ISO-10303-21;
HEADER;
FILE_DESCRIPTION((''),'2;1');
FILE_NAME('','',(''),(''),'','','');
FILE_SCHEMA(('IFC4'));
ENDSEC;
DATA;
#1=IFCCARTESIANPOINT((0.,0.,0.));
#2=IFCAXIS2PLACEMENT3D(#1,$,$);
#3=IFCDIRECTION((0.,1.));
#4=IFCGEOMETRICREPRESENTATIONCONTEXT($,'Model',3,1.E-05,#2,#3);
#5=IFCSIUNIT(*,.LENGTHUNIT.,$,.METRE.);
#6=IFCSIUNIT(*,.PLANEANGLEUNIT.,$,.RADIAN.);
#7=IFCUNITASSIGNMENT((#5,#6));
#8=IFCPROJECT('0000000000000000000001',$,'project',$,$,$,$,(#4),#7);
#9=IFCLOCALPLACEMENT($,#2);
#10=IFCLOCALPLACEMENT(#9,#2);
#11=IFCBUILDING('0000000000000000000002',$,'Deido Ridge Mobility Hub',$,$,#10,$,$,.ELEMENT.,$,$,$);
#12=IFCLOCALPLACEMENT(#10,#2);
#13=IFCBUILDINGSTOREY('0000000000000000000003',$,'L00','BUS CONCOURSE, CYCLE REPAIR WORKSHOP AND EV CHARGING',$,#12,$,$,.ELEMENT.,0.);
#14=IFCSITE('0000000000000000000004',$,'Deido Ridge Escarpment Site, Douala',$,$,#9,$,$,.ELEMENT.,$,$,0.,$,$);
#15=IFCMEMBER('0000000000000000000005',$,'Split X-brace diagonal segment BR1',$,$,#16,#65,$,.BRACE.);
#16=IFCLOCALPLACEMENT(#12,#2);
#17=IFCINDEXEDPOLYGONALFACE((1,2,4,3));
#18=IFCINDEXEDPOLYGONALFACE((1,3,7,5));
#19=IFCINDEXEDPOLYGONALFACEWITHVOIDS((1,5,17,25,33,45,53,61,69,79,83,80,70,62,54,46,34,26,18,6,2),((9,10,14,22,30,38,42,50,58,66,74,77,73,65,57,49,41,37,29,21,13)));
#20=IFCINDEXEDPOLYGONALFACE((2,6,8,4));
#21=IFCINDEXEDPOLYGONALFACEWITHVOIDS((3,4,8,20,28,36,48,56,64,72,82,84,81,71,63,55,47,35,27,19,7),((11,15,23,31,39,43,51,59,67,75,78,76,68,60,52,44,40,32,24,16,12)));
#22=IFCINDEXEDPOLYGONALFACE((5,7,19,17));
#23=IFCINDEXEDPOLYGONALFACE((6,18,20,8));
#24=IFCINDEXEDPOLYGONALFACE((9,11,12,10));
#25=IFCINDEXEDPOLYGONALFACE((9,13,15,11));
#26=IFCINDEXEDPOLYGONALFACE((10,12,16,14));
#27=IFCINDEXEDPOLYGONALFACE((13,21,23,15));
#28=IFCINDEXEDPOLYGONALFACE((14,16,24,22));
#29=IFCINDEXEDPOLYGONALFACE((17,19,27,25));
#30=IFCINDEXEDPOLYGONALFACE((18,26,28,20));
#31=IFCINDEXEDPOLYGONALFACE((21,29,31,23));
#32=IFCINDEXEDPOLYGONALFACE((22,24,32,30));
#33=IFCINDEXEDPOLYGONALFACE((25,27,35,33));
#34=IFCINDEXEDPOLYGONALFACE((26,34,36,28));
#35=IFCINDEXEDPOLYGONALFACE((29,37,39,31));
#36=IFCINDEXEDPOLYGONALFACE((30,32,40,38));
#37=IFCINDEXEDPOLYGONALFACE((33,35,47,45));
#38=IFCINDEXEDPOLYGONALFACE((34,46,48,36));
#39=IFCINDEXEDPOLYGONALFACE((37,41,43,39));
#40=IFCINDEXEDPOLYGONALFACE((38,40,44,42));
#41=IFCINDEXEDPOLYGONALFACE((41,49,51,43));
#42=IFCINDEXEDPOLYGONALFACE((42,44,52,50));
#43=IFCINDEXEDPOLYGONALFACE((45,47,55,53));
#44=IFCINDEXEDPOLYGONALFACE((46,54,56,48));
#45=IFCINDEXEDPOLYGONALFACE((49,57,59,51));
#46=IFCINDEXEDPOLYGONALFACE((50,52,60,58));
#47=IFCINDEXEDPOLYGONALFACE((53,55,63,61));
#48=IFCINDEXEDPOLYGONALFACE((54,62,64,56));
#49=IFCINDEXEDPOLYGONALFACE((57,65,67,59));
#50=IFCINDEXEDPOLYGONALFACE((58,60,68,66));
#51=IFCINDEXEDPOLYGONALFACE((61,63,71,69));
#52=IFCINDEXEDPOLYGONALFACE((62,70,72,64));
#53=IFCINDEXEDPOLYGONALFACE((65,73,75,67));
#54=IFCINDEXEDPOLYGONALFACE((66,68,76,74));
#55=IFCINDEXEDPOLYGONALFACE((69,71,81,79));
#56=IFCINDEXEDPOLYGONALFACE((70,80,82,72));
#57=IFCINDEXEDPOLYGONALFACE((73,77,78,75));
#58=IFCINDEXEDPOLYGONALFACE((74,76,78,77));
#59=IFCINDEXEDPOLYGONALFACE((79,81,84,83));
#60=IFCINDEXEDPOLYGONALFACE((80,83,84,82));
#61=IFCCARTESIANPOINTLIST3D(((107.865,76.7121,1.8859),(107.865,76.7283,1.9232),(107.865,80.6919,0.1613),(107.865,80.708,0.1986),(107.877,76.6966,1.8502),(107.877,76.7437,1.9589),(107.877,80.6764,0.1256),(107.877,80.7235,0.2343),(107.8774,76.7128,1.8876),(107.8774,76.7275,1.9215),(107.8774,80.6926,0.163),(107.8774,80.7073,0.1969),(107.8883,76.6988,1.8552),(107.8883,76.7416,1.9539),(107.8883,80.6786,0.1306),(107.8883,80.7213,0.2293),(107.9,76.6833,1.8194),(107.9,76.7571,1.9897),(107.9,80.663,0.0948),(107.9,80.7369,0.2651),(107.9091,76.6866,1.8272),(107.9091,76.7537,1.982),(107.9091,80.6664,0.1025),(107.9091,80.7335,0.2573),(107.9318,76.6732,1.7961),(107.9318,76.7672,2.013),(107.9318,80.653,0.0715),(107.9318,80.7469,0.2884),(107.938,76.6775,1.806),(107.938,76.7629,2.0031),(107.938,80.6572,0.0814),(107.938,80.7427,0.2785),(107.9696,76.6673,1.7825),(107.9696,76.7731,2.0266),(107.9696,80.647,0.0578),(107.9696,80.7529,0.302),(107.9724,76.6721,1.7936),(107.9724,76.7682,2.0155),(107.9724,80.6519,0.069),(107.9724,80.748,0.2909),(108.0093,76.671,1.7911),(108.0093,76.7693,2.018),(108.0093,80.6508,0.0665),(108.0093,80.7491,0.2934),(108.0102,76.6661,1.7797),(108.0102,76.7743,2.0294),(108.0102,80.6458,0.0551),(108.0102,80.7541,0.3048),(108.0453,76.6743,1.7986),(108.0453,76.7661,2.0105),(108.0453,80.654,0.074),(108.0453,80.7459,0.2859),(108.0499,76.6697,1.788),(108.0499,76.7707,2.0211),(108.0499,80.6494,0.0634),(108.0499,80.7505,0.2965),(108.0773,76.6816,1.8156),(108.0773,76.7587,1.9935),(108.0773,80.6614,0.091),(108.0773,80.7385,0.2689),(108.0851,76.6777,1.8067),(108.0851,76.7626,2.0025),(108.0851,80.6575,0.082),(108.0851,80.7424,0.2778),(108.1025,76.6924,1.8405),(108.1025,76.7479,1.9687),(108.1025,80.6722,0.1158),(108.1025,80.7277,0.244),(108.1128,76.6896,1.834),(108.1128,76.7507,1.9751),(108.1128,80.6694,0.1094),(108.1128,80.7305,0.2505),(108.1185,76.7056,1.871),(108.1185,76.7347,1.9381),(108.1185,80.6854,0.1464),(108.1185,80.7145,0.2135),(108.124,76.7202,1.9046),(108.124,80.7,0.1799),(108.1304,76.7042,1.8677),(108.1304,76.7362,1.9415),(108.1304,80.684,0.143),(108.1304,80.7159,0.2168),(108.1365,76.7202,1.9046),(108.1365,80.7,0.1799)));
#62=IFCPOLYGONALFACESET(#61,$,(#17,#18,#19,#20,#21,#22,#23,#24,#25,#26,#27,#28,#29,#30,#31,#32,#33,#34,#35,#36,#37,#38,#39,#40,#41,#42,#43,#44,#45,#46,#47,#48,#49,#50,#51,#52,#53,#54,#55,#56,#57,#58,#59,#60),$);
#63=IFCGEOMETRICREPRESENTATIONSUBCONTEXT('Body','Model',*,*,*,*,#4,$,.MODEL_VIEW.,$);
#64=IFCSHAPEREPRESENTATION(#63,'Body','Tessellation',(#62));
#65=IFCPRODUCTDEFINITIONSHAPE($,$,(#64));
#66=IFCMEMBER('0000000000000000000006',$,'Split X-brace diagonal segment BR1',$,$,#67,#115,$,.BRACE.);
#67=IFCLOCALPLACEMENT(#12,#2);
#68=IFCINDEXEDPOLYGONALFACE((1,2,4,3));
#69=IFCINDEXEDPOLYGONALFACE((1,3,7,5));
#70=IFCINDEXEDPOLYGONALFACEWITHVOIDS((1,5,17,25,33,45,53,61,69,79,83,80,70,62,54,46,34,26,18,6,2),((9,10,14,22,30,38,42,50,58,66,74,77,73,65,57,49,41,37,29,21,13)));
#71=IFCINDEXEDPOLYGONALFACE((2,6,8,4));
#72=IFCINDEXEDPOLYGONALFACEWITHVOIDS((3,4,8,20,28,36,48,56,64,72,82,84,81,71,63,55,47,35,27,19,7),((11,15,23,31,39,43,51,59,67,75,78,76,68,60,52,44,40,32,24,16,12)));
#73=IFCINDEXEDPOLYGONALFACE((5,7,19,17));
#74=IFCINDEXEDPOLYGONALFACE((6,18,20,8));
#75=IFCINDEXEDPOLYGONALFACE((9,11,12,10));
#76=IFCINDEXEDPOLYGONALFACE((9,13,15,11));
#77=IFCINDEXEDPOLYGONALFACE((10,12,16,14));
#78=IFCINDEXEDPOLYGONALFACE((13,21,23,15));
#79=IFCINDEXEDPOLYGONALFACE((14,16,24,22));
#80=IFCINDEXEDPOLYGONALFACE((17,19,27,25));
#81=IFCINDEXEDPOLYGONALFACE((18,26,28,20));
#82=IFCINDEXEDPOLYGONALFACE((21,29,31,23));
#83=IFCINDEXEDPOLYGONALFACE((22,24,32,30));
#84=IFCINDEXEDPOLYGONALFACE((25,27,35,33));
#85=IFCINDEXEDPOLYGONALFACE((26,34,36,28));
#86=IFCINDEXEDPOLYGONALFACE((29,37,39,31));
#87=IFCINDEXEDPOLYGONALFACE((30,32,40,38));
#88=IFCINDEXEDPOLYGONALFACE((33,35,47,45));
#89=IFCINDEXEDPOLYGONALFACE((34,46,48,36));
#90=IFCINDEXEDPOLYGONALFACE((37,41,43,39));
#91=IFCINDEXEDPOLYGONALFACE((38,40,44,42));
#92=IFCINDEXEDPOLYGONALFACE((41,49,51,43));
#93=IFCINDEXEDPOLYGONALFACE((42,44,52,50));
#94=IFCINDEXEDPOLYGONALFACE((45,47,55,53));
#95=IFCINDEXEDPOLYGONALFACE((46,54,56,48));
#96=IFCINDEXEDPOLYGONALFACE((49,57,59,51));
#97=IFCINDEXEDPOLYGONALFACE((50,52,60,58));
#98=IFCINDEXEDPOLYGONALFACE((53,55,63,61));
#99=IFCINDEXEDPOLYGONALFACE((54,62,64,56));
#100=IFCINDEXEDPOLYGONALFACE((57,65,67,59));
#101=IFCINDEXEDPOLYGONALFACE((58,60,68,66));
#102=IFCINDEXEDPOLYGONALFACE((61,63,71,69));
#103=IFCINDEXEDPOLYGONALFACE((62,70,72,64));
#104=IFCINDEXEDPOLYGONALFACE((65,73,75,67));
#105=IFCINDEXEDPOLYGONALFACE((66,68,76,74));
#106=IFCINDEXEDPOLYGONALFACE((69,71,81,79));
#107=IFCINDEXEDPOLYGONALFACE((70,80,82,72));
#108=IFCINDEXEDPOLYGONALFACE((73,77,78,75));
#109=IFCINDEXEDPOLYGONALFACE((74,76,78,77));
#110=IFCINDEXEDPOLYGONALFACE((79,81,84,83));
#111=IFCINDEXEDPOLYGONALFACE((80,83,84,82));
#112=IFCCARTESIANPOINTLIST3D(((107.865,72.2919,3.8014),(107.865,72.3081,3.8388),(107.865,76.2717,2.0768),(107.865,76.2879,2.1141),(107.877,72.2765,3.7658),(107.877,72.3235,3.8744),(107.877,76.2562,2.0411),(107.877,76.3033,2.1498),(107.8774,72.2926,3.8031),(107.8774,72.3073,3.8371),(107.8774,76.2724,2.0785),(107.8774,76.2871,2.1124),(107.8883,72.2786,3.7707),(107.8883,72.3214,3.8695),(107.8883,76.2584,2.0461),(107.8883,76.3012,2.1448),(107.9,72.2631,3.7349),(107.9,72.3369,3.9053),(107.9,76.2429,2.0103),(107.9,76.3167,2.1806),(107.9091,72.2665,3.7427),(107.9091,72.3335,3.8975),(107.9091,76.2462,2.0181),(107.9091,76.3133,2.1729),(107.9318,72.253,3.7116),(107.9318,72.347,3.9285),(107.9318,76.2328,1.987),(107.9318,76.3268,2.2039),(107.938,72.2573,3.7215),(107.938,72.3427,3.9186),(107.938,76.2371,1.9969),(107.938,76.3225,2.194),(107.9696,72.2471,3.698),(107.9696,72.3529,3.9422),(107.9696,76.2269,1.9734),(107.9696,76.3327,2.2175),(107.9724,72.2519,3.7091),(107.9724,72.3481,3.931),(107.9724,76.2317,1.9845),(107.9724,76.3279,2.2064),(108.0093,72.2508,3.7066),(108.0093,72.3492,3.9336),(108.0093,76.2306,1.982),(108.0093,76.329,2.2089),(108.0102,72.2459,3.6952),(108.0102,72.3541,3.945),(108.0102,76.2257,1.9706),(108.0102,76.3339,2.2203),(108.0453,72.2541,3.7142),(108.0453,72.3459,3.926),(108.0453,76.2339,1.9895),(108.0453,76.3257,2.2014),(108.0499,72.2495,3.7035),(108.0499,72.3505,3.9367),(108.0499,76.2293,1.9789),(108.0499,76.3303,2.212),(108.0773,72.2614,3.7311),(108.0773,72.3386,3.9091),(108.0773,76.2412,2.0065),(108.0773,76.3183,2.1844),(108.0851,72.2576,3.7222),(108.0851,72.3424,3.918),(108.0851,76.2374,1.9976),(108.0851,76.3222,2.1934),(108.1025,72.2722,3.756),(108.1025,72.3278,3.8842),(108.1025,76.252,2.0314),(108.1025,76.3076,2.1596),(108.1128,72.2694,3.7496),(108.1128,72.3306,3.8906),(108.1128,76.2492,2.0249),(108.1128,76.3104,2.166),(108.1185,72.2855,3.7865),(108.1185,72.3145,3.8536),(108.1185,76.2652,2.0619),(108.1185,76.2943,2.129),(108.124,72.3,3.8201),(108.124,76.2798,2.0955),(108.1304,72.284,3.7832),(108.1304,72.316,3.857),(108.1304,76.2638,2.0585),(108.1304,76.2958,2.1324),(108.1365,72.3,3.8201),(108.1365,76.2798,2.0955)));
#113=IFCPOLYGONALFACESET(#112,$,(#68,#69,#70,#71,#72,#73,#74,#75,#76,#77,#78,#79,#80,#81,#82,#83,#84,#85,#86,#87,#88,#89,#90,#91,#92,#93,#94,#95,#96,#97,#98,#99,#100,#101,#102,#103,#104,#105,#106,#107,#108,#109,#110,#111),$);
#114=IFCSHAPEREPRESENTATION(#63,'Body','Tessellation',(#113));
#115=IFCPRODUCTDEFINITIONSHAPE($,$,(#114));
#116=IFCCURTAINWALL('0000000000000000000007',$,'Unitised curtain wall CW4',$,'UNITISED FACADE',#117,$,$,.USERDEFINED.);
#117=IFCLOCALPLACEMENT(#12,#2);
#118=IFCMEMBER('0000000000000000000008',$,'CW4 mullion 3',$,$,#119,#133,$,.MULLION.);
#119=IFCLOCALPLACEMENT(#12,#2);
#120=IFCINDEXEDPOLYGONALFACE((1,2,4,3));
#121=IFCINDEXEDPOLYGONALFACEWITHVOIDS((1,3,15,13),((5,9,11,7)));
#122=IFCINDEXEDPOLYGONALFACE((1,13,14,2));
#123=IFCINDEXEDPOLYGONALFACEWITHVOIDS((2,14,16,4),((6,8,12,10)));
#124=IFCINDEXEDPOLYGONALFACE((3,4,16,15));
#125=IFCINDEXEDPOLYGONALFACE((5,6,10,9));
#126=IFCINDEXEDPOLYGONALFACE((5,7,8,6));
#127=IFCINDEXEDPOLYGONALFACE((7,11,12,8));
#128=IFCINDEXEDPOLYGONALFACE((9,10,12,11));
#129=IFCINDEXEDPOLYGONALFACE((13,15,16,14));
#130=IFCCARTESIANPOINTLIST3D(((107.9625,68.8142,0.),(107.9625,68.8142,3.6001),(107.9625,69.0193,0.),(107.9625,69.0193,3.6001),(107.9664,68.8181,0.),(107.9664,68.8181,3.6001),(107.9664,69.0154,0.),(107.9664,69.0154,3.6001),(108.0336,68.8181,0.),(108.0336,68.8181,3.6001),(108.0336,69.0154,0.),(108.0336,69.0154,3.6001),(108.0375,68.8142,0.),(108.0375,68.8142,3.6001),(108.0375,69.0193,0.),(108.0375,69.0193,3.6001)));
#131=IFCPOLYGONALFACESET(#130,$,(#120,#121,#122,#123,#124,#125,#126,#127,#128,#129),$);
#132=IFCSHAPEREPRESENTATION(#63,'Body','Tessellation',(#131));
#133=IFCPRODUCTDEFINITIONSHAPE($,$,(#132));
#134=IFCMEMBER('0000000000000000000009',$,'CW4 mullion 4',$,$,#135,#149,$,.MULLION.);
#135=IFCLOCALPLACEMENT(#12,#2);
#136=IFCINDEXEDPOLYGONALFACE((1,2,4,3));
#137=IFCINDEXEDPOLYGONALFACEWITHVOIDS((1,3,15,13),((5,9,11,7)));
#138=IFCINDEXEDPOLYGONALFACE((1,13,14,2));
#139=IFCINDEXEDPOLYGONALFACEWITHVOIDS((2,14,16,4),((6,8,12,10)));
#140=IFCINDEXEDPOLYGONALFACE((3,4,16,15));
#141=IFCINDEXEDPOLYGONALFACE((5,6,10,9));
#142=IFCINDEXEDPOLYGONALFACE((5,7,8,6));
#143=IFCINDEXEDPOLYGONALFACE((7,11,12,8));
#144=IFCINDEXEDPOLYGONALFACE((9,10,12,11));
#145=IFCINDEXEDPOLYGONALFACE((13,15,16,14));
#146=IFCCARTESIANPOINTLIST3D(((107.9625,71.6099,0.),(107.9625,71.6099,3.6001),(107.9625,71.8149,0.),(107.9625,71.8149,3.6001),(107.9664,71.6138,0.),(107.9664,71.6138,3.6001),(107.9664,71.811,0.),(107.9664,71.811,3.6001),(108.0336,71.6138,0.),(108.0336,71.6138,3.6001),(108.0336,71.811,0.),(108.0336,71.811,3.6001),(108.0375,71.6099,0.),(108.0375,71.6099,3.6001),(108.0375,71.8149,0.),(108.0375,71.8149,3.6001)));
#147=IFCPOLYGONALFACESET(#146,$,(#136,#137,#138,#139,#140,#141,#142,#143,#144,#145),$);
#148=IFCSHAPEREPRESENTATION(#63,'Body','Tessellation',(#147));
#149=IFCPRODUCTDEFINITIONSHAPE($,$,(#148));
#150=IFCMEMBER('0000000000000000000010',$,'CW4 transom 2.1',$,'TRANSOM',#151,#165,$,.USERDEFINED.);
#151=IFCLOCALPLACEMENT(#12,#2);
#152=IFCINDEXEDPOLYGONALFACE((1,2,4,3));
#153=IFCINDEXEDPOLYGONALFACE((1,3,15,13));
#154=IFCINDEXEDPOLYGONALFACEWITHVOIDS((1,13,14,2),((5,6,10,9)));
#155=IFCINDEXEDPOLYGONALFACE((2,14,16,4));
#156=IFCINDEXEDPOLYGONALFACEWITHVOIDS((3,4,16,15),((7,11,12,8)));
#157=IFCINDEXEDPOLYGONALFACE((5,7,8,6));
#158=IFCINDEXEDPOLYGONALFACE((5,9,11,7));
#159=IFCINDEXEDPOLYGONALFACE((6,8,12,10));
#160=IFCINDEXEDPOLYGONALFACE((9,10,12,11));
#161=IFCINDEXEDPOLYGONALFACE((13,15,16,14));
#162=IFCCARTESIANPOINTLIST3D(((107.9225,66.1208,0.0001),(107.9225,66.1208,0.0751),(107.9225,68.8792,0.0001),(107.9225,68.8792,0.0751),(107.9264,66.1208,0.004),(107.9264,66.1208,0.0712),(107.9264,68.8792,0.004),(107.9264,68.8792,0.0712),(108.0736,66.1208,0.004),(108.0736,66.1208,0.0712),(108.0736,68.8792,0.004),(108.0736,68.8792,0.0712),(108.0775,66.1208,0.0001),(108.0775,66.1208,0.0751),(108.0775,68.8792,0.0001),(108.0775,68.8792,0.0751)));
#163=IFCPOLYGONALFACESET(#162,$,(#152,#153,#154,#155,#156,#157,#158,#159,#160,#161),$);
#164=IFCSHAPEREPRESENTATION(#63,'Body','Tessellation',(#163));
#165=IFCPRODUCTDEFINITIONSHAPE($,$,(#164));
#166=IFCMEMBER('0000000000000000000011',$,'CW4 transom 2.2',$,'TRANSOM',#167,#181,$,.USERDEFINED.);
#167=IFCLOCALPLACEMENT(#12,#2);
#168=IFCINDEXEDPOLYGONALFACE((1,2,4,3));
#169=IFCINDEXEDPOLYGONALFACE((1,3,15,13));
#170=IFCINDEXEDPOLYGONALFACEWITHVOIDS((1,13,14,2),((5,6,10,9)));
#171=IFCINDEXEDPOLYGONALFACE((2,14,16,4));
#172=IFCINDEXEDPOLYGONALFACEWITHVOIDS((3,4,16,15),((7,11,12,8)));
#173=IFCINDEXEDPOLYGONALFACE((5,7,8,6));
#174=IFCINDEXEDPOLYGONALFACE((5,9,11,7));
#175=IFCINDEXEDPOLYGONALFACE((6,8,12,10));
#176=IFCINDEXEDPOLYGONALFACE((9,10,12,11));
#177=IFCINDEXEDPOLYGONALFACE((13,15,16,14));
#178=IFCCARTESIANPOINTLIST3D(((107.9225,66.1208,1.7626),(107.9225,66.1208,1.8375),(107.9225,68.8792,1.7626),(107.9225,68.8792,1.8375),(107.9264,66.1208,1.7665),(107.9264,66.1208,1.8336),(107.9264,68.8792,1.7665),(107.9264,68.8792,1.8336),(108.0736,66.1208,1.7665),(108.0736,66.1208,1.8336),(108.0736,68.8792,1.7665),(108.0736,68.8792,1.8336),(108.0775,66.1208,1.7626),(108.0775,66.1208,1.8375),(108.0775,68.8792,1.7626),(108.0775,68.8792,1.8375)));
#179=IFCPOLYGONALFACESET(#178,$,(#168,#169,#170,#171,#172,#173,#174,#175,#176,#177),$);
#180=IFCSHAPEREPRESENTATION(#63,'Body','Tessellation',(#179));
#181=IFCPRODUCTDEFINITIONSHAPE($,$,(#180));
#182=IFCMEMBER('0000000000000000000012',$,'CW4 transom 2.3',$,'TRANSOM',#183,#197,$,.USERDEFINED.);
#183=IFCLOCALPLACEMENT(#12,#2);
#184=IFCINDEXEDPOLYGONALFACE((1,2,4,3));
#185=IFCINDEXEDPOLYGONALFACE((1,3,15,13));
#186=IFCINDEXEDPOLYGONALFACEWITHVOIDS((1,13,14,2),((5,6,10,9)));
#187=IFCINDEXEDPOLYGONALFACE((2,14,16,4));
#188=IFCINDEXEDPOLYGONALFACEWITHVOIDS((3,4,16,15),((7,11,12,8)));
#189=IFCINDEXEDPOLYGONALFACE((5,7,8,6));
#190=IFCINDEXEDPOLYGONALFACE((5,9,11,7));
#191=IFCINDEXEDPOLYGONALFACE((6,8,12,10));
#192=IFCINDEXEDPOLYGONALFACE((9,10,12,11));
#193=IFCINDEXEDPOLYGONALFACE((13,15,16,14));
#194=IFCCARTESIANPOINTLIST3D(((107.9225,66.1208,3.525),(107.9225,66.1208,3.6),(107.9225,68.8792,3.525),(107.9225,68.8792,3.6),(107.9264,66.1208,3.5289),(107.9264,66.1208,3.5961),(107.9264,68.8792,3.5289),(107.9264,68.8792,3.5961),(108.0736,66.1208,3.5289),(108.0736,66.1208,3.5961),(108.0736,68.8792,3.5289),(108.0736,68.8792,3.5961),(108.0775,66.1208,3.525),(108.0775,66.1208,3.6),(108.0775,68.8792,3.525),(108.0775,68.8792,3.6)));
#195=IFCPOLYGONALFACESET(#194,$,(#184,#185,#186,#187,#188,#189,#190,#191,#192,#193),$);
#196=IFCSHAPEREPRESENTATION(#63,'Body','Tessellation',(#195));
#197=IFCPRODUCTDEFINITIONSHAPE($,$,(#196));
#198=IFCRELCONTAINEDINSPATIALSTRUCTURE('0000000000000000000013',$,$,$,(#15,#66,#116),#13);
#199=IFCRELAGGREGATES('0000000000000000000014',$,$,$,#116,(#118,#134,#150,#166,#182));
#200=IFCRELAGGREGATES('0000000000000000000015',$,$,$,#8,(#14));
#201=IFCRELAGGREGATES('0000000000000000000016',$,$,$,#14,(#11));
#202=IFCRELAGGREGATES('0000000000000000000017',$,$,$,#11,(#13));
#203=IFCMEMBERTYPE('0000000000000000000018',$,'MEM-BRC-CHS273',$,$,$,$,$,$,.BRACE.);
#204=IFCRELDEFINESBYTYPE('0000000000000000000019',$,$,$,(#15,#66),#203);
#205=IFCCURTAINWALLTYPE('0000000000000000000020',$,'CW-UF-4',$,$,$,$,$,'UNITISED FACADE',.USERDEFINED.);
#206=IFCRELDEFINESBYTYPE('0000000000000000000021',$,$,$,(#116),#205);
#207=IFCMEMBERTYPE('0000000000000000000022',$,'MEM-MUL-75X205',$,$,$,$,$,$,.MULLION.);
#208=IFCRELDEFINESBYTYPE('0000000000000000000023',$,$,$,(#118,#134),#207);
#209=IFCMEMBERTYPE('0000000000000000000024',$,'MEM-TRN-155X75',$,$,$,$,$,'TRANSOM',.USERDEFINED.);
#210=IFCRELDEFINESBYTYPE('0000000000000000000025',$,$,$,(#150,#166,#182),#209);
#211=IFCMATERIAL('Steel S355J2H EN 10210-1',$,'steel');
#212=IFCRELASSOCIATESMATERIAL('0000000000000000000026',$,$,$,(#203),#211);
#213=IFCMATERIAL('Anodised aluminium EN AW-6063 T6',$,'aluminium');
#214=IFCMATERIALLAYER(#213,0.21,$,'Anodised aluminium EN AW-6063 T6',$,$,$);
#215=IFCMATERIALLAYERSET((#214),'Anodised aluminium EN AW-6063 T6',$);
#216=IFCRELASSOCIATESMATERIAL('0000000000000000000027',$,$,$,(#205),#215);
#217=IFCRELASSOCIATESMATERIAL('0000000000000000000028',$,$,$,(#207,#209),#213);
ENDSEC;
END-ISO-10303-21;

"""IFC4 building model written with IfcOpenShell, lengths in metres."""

from ifc_helpers import new_model, si_unit, direction, frame, origin, origin_2d, place, context, subcontext, project, spatial, hollow_rectangle, hollow_circle, extrude, material, layer, layer_set, material_profile, profile_set, type_object, element, aggregate, save


model = new_model("IFC4")

# Units and contexts
model_context = context("Model", 3, precision=1e-05, world=origin(), true_north=direction((0.0, 1.0)))
body_context = subcontext(model_context, "Body", "Model", "MODEL_VIEW")
ifc_project = project(units=[si_unit("LENGTHUNIT", "METRE"), si_unit("PLANEANGLEUNIT", "RADIAN")], contexts=[model_context])

# Site, building, storey
site_placement = place(None, origin())
site = spatial("IfcSite", under=ifc_project, at=site_placement, Name="Deido Ridge Escarpment Site, Douala", CompositionType="ELEMENT", RefElevation=0.0)
building_placement = place(site_placement, origin())
building = spatial("IfcBuilding", under=site, at=building_placement, Name="Deido Ridge Mobility Hub", CompositionType="ELEMENT")
storey_placement = place(building_placement, origin())
storey = spatial("IfcBuildingStorey", under=building, at=storey_placement, Name="L00", Description="BUS CONCOURSE, CYCLE REPAIR WORKSHOP AND EV CHARGING", CompositionType="ELEMENT", Elevation=0.0)

# Members
ifc_material_1 = material(Name="Steel S355J2H EN 10210-1", Category="steel")
ifc_material_profile_1 = material_profile(ifc_material_1, hollow_circle(Radius=0.1365, WallThickness=0.0125, at=origin_2d()), Name="CHS 273x12.5")
ifc_profile_set_1 = profile_set([ifc_material_profile_1], Name="Steel S355J2H EN 10210-1")
member_type_1 = type_object("IfcMemberType", Name="MEM-BRC-CHS273", PredefinedType="BRACE", material=ifc_profile_set_1)
for number, where, z_axis, x_axis, name in (
    (1, (108.0, 80.7, 0.1799), (0.0, -0.917551, 0.397618), (1.0, 0.0, 0.0), "Split X-brace diagonal segment BR1"),
    (2, (108.0, 76.2798, 2.0955), (0.0, -0.917551, 0.397618), (1.0, 0.0, 0.0), "Split X-brace diagonal segment BR1"),
):
    element("IfcMember", number, at=place(storey_placement, frame(where, z_axis=z_axis, x_axis=x_axis)), inside=storey, type_object=member_type_1, Name=name, PredefinedType="BRACE", context=body_context, shape_type="SweptSolid", body=[
        extrude(hollow_circle(Radius=0.1365, WallThickness=0.0125, at=origin_2d()), origin(), (0.0, 0.0, 1.0), 4.3374),
    ])

# Curtain wall, members
ifc_material_2 = material(Name="Anodised aluminium EN AW-6063 T6", Category="aluminium")
ifc_layer_1 = layer(ifc_material_2, 0.21, Name="Anodised aluminium EN AW-6063 T6")
ifc_layer_set_1 = layer_set([ifc_layer_1], Name="Anodised aluminium EN AW-6063 T6")
curtain_wall_type = type_object("IfcCurtainWallType", Name="CW-UF-4", ElementType="UNITISED FACADE", PredefinedType="USERDEFINED", material=ifc_layer_set_1)
curtain_wall_placement = place(storey_placement, origin())
curtain_wall = element("IfcCurtainWall", 3, at=curtain_wall_placement, inside=storey, type_object=curtain_wall_type, Name="Unitised curtain wall CW4", ObjectType="UNITISED FACADE", PredefinedType="USERDEFINED")
ifc_material_profile_2 = material_profile(ifc_material_2, hollow_rectangle(XDim=0.075, YDim=0.2051, WallThickness=0.0039, at=origin_2d()), Name="RHS 75x205x4")
ifc_profile_set_2 = profile_set([ifc_material_profile_2], Name="Anodised aluminium EN AW-6063 T6")
member_type_2 = type_object("IfcMemberType", Name="MEM-MUL-75X205", PredefinedType="MULLION", material=ifc_profile_set_2)
member_1_placement = place(storey_placement, frame((108.0, 68.9167, 0.0), z_axis=(0.0, 0.0, 1.0), x_axis=(-1.0, 0.0, 0.0)))
member_1 = element("IfcMember", 4, at=member_1_placement, type_object=member_type_2, Name="CW4 mullion 3", PredefinedType="MULLION", context=body_context, shape_type="SweptSolid", body=[
    extrude(hollow_rectangle(XDim=0.075, YDim=0.2051, WallThickness=0.0039, at=origin_2d()), origin(), (0.0, 0.0, 1.0), 3.6001),
])
member_2_placement = place(storey_placement, frame((108.0, 71.7124, 0.0), z_axis=(0.0, 0.0, 1.0), x_axis=(-1.0, 0.0, 0.0)))
member_2 = element("IfcMember", 5, at=member_2_placement, type_object=member_type_2, Name="CW4 mullion 4", PredefinedType="MULLION", context=body_context, shape_type="SweptSolid", body=[
    extrude(hollow_rectangle(XDim=0.075, YDim=0.2051, WallThickness=0.0039, at=origin_2d()), origin(), (0.0, 0.0, 1.0), 3.6001),
])
ifc_material_profile_3 = material_profile(ifc_material_2, hollow_rectangle(XDim=0.155, YDim=0.075, WallThickness=0.0039, at=origin_2d()), Name="RHS 155x75x4")
ifc_profile_set_3 = profile_set([ifc_material_profile_3], Name="Anodised aluminium EN AW-6063 T6")
member_type_3 = type_object("IfcMemberType", Name="MEM-TRN-155X75", ElementType="TRANSOM", PredefinedType="USERDEFINED", material=ifc_profile_set_3)
member_3_placement = place(storey_placement, frame((108.0, 66.1208, 0.0376), z_axis=(0.0, 1.0, 0.0), x_axis=(-1.0, 0.0, 0.0)))
member_3 = element("IfcMember", 6, at=member_3_placement, type_object=member_type_3, Name="CW4 transom 2.1", ObjectType="TRANSOM", PredefinedType="USERDEFINED", context=body_context, shape_type="SweptSolid", body=[
    extrude(hollow_rectangle(XDim=0.155, YDim=0.075, WallThickness=0.0039, at=origin_2d()), origin(), (0.0, 0.0, 1.0), 2.7583),
])
member_4_placement = place(storey_placement, frame((108.0, 66.1208, 1.8), z_axis=(0.0, 1.0, 0.0), x_axis=(-1.0, 0.0, 0.0)))
member_4 = element("IfcMember", 7, at=member_4_placement, type_object=member_type_3, Name="CW4 transom 2.2", ObjectType="TRANSOM", PredefinedType="USERDEFINED", context=body_context, shape_type="SweptSolid", body=[
    extrude(hollow_rectangle(XDim=0.155, YDim=0.075, WallThickness=0.0039, at=origin_2d()), origin(), (0.0, 0.0, 1.0), 2.7583),
])
member_5_placement = place(storey_placement, frame((108.0, 66.1208, 3.5625), z_axis=(0.0, 1.0, 0.0), x_axis=(-1.0, 0.0, 0.0)))
member_5 = element("IfcMember", 8, at=member_5_placement, type_object=member_type_3, Name="CW4 transom 2.3", ObjectType="TRANSOM", PredefinedType="USERDEFINED", context=body_context, shape_type="SweptSolid", body=[
    extrude(hollow_rectangle(XDim=0.155, YDim=0.075, WallThickness=0.0039, at=origin_2d()), origin(), (0.0, 0.0, 1.0), 2.7583),
])

aggregate(curtain_wall, [member_1, member_2, member_3, member_4, member_5])

save(model, "model.ifc")
